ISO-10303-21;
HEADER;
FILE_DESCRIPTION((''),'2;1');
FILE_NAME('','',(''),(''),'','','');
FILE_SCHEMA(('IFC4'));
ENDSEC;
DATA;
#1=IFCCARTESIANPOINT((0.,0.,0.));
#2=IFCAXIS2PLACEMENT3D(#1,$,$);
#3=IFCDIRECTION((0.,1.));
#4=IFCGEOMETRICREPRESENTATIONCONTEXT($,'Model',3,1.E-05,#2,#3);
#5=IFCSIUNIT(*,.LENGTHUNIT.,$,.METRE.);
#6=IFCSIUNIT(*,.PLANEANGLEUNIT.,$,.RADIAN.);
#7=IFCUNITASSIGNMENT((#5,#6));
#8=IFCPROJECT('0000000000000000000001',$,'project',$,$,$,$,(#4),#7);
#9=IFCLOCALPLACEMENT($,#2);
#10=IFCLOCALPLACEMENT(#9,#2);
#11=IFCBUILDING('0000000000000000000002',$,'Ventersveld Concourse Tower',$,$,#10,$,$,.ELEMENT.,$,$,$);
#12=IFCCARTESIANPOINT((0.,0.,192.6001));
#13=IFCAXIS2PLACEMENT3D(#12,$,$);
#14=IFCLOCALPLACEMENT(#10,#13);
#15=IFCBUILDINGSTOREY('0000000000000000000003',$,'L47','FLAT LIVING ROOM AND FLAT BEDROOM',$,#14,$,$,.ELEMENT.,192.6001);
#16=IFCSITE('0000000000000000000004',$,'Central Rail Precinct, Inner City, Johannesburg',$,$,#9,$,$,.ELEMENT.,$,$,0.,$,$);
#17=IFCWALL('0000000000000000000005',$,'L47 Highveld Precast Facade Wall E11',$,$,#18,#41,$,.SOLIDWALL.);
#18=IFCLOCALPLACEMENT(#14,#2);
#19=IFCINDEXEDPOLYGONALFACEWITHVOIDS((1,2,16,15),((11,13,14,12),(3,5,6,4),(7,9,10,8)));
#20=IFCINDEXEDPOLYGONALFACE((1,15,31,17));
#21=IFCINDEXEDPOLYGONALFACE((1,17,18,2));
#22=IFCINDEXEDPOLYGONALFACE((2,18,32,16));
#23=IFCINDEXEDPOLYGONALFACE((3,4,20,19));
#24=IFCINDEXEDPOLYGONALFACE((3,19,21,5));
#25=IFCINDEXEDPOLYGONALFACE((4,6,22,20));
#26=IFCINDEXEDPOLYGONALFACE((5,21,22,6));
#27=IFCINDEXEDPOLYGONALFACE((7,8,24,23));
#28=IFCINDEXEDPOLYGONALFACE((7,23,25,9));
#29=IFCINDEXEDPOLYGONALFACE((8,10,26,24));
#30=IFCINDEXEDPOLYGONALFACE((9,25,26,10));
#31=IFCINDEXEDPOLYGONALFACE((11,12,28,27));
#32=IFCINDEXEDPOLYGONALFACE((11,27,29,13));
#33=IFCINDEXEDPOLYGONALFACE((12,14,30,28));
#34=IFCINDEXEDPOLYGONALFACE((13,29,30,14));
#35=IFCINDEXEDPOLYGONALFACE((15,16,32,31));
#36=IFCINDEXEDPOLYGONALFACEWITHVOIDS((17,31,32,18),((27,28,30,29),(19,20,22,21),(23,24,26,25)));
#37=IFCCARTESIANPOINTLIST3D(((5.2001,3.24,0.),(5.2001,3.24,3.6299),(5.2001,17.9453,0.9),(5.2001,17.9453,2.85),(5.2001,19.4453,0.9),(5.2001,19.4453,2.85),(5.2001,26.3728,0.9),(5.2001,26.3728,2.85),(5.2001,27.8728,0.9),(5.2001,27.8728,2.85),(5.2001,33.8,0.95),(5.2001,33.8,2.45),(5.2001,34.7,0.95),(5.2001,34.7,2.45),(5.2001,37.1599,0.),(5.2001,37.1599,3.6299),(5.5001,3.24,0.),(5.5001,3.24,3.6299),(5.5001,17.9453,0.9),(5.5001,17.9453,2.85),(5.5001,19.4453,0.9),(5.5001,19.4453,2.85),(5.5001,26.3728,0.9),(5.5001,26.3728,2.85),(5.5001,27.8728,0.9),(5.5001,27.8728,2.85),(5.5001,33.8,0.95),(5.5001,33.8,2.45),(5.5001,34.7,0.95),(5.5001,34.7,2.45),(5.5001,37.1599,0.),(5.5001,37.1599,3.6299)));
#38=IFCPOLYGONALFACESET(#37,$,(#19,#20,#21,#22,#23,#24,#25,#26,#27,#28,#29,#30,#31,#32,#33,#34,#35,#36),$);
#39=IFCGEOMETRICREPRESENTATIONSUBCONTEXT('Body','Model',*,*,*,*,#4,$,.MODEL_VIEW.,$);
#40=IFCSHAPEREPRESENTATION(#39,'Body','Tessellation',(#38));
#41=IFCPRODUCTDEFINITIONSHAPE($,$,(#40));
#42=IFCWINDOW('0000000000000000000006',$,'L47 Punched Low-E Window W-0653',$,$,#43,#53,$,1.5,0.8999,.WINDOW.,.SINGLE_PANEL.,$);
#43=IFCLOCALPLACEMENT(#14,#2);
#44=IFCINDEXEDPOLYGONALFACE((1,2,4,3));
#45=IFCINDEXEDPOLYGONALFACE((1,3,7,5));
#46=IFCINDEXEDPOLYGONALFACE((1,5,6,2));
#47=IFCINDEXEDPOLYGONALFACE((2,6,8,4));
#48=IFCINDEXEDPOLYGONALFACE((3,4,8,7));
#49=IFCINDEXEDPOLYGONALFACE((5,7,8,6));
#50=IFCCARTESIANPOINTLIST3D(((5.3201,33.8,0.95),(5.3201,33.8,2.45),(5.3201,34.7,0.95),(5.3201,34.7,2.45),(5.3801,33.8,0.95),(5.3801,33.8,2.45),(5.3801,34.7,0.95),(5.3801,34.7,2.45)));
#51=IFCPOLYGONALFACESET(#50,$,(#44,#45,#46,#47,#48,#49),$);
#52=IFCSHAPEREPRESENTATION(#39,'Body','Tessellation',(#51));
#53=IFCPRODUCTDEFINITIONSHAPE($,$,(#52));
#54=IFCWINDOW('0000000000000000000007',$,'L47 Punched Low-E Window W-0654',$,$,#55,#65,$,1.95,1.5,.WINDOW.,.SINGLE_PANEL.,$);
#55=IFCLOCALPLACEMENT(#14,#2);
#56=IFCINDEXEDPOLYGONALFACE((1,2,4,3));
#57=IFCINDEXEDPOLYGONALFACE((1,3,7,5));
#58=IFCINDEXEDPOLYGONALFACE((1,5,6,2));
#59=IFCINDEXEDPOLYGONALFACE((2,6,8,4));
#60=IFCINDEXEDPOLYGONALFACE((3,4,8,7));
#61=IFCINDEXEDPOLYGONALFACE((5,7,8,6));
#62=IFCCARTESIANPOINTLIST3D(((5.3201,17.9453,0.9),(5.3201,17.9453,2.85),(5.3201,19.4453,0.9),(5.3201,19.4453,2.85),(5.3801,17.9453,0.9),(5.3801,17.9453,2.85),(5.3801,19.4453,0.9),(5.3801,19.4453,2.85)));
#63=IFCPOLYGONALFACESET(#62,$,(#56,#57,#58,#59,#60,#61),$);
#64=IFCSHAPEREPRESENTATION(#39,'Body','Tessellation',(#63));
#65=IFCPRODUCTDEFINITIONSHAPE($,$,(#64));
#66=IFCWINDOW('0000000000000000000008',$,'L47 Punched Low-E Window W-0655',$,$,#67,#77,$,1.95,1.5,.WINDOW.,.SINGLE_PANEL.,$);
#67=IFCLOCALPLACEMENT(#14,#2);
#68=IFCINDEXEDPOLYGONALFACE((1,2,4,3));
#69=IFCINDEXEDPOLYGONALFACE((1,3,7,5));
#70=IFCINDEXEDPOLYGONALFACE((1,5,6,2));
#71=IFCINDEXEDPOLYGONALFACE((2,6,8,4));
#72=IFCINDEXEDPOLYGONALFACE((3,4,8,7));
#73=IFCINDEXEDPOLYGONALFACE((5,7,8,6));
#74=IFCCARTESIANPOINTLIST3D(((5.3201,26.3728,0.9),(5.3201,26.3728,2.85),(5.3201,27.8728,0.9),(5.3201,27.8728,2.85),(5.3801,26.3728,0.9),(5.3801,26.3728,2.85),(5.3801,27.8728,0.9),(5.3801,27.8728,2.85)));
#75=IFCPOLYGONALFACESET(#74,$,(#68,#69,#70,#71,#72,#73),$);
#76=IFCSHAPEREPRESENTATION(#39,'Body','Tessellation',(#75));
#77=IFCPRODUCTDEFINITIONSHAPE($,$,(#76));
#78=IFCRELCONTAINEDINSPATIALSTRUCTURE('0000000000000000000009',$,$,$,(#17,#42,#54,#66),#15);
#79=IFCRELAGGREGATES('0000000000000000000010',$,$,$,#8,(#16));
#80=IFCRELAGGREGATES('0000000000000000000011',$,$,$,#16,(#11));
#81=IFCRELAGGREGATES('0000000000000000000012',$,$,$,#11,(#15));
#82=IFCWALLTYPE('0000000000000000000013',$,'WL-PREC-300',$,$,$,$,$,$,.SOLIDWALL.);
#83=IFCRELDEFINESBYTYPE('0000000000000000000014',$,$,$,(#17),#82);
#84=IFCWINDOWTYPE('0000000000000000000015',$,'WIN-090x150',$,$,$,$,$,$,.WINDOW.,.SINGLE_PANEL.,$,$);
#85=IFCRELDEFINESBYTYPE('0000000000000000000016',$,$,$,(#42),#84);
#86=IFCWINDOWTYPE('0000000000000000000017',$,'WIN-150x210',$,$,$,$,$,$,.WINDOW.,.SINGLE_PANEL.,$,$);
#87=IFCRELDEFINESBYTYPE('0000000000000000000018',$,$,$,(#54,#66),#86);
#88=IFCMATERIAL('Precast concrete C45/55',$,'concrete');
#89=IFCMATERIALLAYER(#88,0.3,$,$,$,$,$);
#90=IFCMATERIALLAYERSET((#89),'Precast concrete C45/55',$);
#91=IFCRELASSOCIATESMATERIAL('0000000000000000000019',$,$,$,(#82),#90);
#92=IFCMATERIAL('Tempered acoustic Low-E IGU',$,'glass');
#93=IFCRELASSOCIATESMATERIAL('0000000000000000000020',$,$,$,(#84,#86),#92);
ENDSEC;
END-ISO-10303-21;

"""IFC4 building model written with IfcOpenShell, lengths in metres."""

from ifc_helpers import new_model, si_unit, direction, frame, frame_2d, origin, place, context, subcontext, project, spatial, rectangle, extrude, material, layer, layer_set, type_object, element, fill, save


model = new_model("IFC4")

# Units and contexts
model_context = context("Model", 3, precision=1e-05, world=origin(), true_north=direction((0.0, 1.0)))
body_context = subcontext(model_context, "Body", "Model", "MODEL_VIEW")
ifc_project = project(units=[si_unit("LENGTHUNIT", "METRE"), si_unit("PLANEANGLEUNIT", "RADIAN")], contexts=[model_context])

# Site, building, storey
site_placement = place(None, origin())
site = spatial("IfcSite", under=ifc_project, at=site_placement, Name="Central Rail Precinct, Inner City, Johannesburg", CompositionType="ELEMENT", RefElevation=0.0)
building_placement = place(site_placement, origin())
building = spatial("IfcBuilding", under=site, at=building_placement, Name="Ventersveld Concourse Tower", CompositionType="ELEMENT")
storey_placement = place(building_placement, frame((0.0, 0.0, 192.6001)))
storey = spatial("IfcBuildingStorey", under=building, at=storey_placement, Name="L47", Description="FLAT LIVING ROOM AND FLAT BEDROOM", CompositionType="ELEMENT", Elevation=192.6001)

# Shared definitions
ifc_material_1 = material(Name="Precast concrete C45/55", Category="concrete")
ifc_layer_1 = layer(ifc_material_1, 0.3)
ifc_layer_set_1 = layer_set([ifc_layer_1], Name="Precast concrete C45/55")
wall_type_1 = type_object("IfcWallType", Name="WL-PREC-300", PredefinedType="SOLIDWALL", material=ifc_layer_set_1)

# Wall, openings, windows
wall_1_placement = place(storey_placement, frame((5.3501, 37.1599, 0.0), z_axis=(0.0, 0.0, 1.0), x_axis=(0.0, -1.0, 0.0)))
wall_1 = element("IfcWall", 1, at=wall_1_placement, inside=storey, type_object=wall_type_1, Name="L47 Highveld Precast Facade Wall E11", PredefinedType="SOLIDWALL", context=body_context, shape_type="SweptSolid", body=[
    extrude(rectangle(XDim=33.9199, YDim=0.3, at=frame_2d((16.96, 0.0))), origin(), (0.0, 0.0, 1.0), 3.6299),
])
opening_1_placement = place(wall_1_placement, frame((2.46, 0.0, 0.95)))
opening_1 = element("IfcOpeningElement", 2, at=opening_1_placement, cuts=wall_1, PredefinedType="OPENING", context=body_context, shape_type="SweptSolid", body=[
    extrude(rectangle(XDim=0.8999, YDim=1.5, at=frame_2d((0.45, 0.75))), frame((0.0, 0.1602, 0.0), z_axis=(0.0, -1.0, 0.0), x_axis=(1.0, 0.0, 0.0)), (0.0, 0.0, 1.0), 0.3201),
])
opening_2_placement = place(wall_1_placement, frame((17.7146, 0.0, 0.8999)))
opening_2 = element("IfcOpeningElement", 3, at=opening_2_placement, cuts=wall_1, PredefinedType="OPENING", context=body_context, shape_type="SweptSolid", body=[
    extrude(rectangle(XDim=1.5, YDim=1.95, at=frame_2d((0.75, 0.9751))), frame((0.0, 0.1602, 0.0), z_axis=(0.0, -1.0, 0.0), x_axis=(1.0, 0.0, 0.0)), (0.0, 0.0, 1.0), 0.3201),
])
opening_3_placement = place(wall_1_placement, frame((9.2871, 0.0, 0.8999)))
opening_3 = element("IfcOpeningElement", 4, at=opening_3_placement, cuts=wall_1, PredefinedType="OPENING", context=body_context, shape_type="SweptSolid", body=[
    extrude(rectangle(XDim=1.5, YDim=1.95, at=frame_2d((0.75, 0.9751))), frame((0.0, 0.1602, 0.0), z_axis=(0.0, -1.0, 0.0), x_axis=(1.0, 0.0, 0.0)), (0.0, 0.0, 1.0), 0.3201),
])
ifc_material_2 = material(Name="Tempered acoustic Low-E IGU", Category="glass")
window_type_1 = type_object("IfcWindowType", Name="WIN-090x150", PartitioningType="SINGLE_PANEL", PredefinedType="WINDOW", material=ifc_material_2)
window_1_placement = place(opening_1_placement, origin())
window_1 = element("IfcWindow", 5, at=window_1_placement, inside=storey, type_object=window_type_1, Name="L47 Punched Low-E Window W-0653", OverallHeight=1.5, OverallWidth=0.8999, PartitioningType="SINGLE_PANEL", PredefinedType="WINDOW", context=body_context, shape_type="SweptSolid", body=[
    extrude(rectangle(XDim=0.8999, YDim=1.5, at=frame_2d((0.45, 0.75))), frame((0.0, 0.03, 0.0), z_axis=(0.0, -1.0, 0.0), x_axis=(1.0, 0.0, 0.0)), (0.0, 0.0, 1.0), 0.0601),
])
fill(opening_1, window_1)
window_type_2 = type_object("IfcWindowType", Name="WIN-150x210", PartitioningType="SINGLE_PANEL", PredefinedType="WINDOW", material=ifc_material_2)
window_2_placement = place(opening_2_placement, origin())
window_2 = element("IfcWindow", 6, at=window_2_placement, inside=storey, type_object=window_type_2, Name="L47 Punched Low-E Window W-0654", OverallHeight=1.95, OverallWidth=1.5, PartitioningType="SINGLE_PANEL", PredefinedType="WINDOW", context=body_context, shape_type="SweptSolid", body=[
    extrude(rectangle(XDim=1.5, YDim=1.95, at=frame_2d((0.75, 0.9751))), frame((0.0, 0.03, 0.0), z_axis=(0.0, -1.0, 0.0), x_axis=(1.0, 0.0, 0.0)), (0.0, 0.0, 1.0), 0.0601),
])
fill(opening_2, window_2)
window_3_placement = place(opening_3_placement, origin())
window_3 = element("IfcWindow", 7, at=window_3_placement, inside=storey, type_object=window_type_2, Name="L47 Punched Low-E Window W-0655", OverallHeight=1.95, OverallWidth=1.5, PartitioningType="SINGLE_PANEL", PredefinedType="WINDOW", context=body_context, shape_type="SweptSolid", body=[
    extrude(rectangle(XDim=1.5, YDim=1.95, at=frame_2d((0.75, 0.9751))), frame((0.0, 0.03, 0.0), z_axis=(0.0, -1.0, 0.0), x_axis=(1.0, 0.0, 0.0)), (0.0, 0.0, 1.0), 0.0601),
])
fill(opening_3, window_3)

save(model, "model.ifc")
